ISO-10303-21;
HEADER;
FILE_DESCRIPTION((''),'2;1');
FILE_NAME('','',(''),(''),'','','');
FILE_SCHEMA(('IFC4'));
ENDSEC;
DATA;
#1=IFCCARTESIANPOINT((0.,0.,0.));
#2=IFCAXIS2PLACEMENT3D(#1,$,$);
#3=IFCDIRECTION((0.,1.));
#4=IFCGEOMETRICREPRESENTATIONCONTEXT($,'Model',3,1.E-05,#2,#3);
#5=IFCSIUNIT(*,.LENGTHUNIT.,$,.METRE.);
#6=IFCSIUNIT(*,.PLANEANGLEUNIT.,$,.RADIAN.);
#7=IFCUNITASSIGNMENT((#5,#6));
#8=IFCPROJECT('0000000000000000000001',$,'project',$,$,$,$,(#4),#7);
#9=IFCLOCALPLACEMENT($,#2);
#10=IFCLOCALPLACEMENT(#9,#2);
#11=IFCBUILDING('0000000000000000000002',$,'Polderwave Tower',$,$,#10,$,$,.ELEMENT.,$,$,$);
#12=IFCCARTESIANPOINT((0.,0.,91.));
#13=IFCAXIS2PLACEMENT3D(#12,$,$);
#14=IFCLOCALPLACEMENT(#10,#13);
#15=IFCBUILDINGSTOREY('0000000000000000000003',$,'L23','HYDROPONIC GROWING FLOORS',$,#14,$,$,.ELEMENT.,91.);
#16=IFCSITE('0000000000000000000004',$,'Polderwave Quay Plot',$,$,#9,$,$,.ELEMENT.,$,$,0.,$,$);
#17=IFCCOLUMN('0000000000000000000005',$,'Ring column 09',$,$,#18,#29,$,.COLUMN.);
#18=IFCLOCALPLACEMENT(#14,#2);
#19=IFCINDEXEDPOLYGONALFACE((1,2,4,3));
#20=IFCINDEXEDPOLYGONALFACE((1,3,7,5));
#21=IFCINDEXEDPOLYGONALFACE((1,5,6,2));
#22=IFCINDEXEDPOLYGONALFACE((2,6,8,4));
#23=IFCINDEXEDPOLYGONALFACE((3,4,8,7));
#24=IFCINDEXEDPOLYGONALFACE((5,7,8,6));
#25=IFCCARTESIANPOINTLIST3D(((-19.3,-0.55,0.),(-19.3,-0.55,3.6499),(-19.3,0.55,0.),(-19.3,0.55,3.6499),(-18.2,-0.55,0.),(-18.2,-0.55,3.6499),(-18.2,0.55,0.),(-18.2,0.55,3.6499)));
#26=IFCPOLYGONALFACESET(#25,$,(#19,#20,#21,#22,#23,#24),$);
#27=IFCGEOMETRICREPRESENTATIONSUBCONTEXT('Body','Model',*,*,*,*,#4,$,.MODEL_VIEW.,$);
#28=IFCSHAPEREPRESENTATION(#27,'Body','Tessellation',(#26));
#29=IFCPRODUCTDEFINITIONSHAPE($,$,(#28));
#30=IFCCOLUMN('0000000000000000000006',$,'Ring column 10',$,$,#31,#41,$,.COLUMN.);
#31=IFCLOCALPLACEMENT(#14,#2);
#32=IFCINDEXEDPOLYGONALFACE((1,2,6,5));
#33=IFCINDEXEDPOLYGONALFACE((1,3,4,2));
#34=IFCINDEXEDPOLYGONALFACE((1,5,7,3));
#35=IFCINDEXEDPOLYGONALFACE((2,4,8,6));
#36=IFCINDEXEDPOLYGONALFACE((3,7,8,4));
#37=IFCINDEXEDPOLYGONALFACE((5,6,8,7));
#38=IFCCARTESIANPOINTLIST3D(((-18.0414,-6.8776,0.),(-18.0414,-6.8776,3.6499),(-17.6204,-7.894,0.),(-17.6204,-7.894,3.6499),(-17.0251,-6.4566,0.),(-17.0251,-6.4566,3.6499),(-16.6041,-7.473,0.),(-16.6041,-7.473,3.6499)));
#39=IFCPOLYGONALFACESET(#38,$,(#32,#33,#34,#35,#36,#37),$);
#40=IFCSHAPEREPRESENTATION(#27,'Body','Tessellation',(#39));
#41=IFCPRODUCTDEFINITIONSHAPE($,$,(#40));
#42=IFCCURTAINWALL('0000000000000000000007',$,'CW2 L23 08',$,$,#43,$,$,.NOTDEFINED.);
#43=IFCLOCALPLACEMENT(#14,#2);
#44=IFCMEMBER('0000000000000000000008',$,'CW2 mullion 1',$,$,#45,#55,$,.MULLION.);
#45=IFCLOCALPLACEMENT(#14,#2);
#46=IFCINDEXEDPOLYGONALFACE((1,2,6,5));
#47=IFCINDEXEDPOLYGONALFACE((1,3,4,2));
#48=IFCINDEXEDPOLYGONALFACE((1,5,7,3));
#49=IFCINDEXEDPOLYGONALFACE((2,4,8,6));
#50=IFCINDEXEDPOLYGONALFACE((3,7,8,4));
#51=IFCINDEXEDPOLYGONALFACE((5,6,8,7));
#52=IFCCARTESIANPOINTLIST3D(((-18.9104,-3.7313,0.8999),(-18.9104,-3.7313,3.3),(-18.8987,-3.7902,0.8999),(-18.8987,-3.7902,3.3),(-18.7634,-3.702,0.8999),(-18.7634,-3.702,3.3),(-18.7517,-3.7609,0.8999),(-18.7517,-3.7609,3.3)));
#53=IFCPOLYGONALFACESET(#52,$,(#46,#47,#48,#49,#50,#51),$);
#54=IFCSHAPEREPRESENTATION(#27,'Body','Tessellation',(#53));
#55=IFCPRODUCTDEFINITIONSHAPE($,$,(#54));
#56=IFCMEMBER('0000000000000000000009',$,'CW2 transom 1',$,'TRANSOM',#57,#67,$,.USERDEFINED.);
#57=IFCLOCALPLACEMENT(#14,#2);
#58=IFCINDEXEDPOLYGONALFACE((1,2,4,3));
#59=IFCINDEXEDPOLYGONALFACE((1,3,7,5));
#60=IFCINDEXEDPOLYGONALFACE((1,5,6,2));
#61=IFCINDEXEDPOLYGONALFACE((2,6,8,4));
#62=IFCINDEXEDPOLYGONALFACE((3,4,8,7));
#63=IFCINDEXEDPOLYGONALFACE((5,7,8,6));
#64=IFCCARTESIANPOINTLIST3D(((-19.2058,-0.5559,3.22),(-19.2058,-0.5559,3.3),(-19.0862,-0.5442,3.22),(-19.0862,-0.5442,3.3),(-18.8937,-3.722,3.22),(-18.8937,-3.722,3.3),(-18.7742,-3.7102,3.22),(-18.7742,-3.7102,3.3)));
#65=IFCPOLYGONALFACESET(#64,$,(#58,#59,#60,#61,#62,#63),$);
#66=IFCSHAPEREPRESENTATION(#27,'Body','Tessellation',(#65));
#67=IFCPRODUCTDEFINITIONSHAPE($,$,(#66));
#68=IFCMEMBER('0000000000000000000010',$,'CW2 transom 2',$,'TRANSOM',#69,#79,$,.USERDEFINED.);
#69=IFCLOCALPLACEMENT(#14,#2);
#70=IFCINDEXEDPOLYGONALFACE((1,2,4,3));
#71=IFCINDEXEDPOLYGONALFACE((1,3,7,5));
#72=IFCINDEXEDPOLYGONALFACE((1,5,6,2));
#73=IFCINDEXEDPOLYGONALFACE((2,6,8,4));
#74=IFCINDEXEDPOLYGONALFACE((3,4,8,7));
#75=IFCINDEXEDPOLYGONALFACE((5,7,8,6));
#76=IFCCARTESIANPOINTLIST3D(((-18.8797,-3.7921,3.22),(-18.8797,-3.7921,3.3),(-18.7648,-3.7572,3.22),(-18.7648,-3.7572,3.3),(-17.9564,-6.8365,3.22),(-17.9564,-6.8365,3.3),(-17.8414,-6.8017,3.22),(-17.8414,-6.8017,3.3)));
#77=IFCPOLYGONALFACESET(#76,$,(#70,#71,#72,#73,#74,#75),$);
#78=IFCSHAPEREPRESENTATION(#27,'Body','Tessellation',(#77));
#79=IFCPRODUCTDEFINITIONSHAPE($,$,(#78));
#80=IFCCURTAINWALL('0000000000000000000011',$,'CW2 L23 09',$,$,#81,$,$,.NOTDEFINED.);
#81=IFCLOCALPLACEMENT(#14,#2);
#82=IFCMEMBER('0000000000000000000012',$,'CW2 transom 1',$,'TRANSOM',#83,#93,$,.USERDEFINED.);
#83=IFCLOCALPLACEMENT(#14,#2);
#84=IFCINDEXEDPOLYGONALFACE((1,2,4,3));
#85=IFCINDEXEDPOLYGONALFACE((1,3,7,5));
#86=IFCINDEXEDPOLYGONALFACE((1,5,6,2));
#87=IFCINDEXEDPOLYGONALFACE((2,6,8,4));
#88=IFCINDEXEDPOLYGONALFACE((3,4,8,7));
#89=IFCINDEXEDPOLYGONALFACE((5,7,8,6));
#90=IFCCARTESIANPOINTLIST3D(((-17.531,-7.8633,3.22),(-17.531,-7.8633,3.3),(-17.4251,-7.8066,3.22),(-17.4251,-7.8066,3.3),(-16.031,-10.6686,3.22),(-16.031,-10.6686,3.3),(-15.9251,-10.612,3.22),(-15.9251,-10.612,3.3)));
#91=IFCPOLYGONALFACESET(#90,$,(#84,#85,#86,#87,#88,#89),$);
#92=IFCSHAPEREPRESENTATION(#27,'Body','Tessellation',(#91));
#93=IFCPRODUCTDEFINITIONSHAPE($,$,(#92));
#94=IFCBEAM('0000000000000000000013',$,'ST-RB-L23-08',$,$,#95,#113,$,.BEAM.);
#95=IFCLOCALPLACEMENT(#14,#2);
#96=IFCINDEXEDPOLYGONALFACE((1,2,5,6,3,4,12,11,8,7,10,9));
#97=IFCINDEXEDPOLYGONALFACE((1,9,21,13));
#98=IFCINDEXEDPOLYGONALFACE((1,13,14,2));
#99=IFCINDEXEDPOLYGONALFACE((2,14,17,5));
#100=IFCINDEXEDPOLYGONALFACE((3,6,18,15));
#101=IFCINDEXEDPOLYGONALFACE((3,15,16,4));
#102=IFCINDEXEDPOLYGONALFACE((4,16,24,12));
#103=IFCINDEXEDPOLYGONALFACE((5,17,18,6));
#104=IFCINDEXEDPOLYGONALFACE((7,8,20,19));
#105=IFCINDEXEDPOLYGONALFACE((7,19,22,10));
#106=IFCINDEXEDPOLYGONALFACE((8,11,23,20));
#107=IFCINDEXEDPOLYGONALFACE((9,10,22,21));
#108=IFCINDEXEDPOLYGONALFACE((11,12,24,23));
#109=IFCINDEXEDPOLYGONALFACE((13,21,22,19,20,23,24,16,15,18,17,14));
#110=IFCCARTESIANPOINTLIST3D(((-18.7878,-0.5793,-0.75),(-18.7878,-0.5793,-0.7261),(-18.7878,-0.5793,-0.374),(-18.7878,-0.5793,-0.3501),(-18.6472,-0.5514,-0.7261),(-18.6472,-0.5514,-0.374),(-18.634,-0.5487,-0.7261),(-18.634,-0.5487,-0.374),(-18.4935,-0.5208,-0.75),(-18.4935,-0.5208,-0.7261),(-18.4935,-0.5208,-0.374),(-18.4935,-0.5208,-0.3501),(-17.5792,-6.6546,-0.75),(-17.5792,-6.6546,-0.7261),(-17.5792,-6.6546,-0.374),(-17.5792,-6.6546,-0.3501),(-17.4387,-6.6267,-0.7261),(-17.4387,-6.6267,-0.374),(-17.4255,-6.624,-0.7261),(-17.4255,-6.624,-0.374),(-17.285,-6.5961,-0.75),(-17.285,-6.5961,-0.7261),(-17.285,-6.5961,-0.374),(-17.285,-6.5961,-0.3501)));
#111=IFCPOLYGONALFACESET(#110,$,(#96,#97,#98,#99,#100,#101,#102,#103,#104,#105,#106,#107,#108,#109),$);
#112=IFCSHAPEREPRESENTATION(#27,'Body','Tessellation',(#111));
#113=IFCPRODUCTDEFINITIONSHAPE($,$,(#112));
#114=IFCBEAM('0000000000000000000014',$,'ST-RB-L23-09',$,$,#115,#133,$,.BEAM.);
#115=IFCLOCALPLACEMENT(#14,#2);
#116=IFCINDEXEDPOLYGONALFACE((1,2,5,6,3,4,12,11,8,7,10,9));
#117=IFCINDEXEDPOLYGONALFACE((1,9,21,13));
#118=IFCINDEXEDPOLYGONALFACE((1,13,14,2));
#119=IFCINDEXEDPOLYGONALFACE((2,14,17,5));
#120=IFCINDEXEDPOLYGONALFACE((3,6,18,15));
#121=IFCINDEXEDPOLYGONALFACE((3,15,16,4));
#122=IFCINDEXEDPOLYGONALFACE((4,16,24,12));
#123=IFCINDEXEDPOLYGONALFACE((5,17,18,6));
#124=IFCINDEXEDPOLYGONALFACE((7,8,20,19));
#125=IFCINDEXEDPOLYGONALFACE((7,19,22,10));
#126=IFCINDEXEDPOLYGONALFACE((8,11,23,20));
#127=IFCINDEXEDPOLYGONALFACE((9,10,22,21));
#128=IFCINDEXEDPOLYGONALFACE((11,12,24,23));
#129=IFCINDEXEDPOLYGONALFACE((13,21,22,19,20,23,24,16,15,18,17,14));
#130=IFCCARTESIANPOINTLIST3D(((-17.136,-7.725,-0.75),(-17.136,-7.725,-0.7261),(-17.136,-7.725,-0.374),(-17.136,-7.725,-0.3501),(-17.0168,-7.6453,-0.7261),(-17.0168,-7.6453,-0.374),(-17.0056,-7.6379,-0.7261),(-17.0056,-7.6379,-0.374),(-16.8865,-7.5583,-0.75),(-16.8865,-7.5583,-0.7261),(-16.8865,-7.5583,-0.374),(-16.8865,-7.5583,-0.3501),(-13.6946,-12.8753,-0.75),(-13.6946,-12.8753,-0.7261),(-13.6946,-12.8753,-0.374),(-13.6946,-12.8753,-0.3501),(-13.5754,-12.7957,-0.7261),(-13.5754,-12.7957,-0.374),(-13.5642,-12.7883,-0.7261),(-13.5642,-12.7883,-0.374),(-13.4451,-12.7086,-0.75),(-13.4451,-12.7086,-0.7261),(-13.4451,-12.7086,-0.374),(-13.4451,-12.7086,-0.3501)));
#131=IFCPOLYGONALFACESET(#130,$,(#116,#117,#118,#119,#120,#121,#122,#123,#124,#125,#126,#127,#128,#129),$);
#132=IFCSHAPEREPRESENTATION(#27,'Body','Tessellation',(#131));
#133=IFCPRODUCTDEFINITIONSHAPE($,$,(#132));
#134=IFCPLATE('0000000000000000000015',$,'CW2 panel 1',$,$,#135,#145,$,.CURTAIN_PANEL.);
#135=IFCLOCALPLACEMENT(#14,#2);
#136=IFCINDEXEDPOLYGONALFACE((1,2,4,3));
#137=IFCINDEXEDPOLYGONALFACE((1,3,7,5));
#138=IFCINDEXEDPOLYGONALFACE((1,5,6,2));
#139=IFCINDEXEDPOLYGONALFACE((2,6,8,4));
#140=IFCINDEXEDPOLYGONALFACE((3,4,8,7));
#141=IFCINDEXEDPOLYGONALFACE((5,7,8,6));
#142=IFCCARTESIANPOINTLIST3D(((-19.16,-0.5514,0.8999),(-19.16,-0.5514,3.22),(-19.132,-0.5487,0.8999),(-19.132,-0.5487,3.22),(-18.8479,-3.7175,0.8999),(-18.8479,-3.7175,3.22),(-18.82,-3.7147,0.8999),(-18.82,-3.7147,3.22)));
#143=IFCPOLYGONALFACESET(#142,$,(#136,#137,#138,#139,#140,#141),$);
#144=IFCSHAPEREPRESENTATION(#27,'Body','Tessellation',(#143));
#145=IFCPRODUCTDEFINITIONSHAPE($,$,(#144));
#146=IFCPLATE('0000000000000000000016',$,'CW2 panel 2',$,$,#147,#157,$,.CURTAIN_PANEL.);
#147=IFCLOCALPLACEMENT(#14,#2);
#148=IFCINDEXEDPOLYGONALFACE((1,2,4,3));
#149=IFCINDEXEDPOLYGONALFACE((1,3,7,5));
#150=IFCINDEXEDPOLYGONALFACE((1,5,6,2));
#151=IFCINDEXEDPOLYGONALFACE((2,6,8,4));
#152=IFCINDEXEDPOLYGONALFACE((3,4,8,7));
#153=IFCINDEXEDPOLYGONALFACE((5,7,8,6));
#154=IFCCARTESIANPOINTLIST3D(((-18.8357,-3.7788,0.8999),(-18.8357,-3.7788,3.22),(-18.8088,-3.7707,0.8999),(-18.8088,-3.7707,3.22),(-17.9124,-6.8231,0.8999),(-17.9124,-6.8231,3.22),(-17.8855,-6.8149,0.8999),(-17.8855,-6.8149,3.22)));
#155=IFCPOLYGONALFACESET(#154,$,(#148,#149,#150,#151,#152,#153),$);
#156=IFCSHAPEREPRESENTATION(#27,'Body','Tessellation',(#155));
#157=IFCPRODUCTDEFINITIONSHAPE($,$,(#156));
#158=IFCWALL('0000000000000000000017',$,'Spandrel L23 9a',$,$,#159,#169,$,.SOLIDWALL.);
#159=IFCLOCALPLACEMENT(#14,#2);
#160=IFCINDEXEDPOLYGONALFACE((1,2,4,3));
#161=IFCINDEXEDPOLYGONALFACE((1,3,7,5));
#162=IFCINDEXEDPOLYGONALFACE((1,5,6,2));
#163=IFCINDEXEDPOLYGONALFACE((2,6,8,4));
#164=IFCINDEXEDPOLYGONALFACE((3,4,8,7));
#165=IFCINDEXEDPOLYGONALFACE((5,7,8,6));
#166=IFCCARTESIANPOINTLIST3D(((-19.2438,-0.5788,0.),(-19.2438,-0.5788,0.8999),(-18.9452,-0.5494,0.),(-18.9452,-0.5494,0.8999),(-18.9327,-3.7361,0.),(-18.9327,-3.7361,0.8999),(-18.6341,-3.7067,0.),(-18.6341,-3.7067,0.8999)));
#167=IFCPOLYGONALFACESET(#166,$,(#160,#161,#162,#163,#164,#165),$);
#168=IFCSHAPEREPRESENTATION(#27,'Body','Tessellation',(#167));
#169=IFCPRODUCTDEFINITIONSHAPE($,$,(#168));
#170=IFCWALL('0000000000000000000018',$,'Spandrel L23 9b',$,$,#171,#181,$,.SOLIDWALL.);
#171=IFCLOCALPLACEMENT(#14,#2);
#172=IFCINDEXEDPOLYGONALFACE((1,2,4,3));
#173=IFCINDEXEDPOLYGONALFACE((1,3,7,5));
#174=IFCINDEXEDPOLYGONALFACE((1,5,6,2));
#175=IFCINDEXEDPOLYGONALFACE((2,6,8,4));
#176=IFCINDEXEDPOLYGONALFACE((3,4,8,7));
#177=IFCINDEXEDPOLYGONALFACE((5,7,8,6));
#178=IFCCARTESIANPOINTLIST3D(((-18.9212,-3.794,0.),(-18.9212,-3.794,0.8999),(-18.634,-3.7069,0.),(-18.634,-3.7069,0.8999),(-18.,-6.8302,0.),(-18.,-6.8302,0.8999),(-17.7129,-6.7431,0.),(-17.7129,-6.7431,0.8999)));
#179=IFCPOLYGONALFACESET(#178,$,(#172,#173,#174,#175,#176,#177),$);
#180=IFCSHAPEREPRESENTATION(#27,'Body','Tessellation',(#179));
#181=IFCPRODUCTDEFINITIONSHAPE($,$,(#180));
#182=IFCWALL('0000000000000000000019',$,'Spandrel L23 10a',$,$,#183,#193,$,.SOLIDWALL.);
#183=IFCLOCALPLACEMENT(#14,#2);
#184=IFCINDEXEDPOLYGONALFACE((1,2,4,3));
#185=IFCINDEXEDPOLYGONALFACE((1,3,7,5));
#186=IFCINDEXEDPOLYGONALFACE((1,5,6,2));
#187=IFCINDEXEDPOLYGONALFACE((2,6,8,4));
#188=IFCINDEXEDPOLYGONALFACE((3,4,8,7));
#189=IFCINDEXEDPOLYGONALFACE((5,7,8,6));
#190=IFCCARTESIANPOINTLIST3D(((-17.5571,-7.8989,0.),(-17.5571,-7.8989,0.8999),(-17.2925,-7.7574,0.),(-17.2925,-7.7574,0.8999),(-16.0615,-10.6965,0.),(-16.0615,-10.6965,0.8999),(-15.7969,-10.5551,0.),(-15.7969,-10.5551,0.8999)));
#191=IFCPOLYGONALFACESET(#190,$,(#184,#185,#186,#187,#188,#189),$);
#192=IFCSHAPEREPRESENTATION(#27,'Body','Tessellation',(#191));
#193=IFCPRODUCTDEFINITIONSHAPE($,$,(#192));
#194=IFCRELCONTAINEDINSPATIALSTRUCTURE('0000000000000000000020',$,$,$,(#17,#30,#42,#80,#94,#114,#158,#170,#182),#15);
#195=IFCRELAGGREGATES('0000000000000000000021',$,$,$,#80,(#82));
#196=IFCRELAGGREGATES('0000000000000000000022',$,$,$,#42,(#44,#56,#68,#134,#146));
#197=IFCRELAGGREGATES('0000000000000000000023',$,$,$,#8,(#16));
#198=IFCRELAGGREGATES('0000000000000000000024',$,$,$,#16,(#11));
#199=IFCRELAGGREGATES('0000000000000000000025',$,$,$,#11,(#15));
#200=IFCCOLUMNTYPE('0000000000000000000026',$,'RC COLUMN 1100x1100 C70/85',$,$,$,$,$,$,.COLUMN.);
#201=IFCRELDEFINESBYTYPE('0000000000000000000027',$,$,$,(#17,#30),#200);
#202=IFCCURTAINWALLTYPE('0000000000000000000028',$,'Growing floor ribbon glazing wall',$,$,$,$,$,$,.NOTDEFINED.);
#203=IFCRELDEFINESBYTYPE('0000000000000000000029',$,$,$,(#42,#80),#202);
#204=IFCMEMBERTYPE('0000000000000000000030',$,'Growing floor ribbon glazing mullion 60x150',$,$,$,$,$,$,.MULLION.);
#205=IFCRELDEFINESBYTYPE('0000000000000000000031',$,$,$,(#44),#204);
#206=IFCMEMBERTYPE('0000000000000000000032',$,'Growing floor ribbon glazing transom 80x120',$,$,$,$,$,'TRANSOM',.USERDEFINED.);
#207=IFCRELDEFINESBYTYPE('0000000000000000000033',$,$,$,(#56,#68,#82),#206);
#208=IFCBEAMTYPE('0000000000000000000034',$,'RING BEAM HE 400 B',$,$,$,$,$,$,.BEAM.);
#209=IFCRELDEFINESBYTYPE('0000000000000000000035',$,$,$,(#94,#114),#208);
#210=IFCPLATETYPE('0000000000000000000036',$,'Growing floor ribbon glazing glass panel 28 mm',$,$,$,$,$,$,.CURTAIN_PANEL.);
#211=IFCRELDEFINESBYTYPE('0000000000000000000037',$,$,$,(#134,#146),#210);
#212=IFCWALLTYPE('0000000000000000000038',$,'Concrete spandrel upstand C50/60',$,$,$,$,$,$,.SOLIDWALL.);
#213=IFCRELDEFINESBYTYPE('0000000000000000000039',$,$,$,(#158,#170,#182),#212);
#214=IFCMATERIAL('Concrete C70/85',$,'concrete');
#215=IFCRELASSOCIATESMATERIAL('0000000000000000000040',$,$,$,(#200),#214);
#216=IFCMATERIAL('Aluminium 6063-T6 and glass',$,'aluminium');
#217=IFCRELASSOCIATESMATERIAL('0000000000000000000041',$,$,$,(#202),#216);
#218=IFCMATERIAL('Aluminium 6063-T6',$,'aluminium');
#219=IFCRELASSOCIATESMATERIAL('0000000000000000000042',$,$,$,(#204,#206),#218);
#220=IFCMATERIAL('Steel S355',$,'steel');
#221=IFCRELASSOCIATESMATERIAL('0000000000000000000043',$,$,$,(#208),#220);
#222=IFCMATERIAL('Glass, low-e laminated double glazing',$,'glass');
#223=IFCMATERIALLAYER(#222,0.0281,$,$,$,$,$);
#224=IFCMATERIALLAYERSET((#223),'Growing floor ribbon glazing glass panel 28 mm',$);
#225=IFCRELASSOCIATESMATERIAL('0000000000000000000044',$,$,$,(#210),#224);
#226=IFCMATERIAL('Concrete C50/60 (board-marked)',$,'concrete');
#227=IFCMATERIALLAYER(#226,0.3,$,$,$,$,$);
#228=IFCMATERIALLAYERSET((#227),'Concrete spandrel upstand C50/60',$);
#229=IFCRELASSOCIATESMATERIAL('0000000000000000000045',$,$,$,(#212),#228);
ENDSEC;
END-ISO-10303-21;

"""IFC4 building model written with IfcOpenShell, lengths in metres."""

from ifc_helpers import new_model, si_unit, direction, frame, frame_2d, origin, origin_2d, place, context, subcontext, project, spatial, rectangle, i_section, extrude, material, layer, layer_set, material_profile, profile_set, type_object, element, aggregate, save


model = new_model("IFC4")

# Units and contexts
model_context = context("Model", 3, precision=1e-05, world=origin(), true_north=direction((0.0, 1.0)))
body_context = subcontext(model_context, "Body", "Model", "MODEL_VIEW")
ifc_project = project(units=[si_unit("LENGTHUNIT", "METRE"), si_unit("PLANEANGLEUNIT", "RADIAN")], contexts=[model_context])

# Site, building, storey
site_placement = place(None, origin())
site = spatial("IfcSite", under=ifc_project, at=site_placement, Name="Polderwave Quay Plot", CompositionType="ELEMENT", RefElevation=0.0)
building_placement = place(site_placement, origin())
building = spatial("IfcBuilding", under=site, at=building_placement, Name="Polderwave Tower", CompositionType="ELEMENT")
storey_placement = place(building_placement, frame((0.0, 0.0, 91.0)))
storey = spatial("IfcBuildingStorey", under=building, at=storey_placement, Name="L23", Description="HYDROPONIC GROWING FLOORS", CompositionType="ELEMENT", Elevation=91.0)

# Columns
ifc_material_1 = material(Name="Concrete C70/85", Category="concrete")
ifc_material_profile_1 = material_profile(ifc_material_1, rectangle(XDim=1.1001, YDim=1.1001, at=origin_2d()), Name="RC 1100x1100")
ifc_profile_set_1 = profile_set([ifc_material_profile_1], Name="Concrete C70/85")
column_type = type_object("IfcColumnType", Name="RC COLUMN 1100x1100 C70/85", PredefinedType="COLUMN", material=ifc_profile_set_1)
for number, where, z_axis, x_axis, name in (
    (1, (-18.75, 0.0, 0.0), (0.0, 0.0, 1.0), (-1.0, 0.0, 0.0), "Ring column 09"),
    (2, (-17.3228, -7.1753, 0.0), (0.0, 0.0, 1.0), (-0.92388, -0.382683, 0.0), "Ring column 10"),
):
    element("IfcColumn", number, at=place(storey_placement, frame(where, z_axis=z_axis, x_axis=x_axis)), inside=storey, type_object=column_type, Name=name, PredefinedType="COLUMN", context=body_context, shape_type="SweptSolid", body=[
        extrude(rectangle(XDim=1.1001, YDim=1.1001, at=origin_2d()), origin(), (0.0, 0.0, 1.0), 3.6499),
    ])

# Curtain wall, members
ifc_material_2 = material(Name="Aluminium 6063-T6 and glass", Category="aluminium")
curtain_wall_type = type_object("IfcCurtainWallType", Name="Growing floor ribbon glazing wall", PredefinedType="NOTDEFINED", material=ifc_material_2)
curtain_wall_1_placement = place(storey_placement, origin())
curtain_wall_1 = element("IfcCurtainWall", 3, at=curtain_wall_1_placement, inside=storey, type_object=curtain_wall_type, Name="CW2 L23 08", PredefinedType="NOTDEFINED")
ifc_material_3 = material(Name="Aluminium 6063-T6", Category="aluminium")
ifc_material_profile_2 = material_profile(ifc_material_3, rectangle(XDim=0.1499, YDim=0.0601, at=origin_2d()), Name="AL 60x150")
ifc_profile_set_2 = profile_set([ifc_material_profile_2], Name="Aluminium 6063-T6")
member_type_1 = type_object("IfcMemberType", Name="Growing floor ribbon glazing mullion 60x150", PredefinedType="MULLION", material=ifc_profile_set_2)
member_1_placement = place(storey_placement, frame((-18.8311, -3.7461, 0.8999), z_axis=(0.0, 0.0, 1.0), x_axis=(0.980784, 0.195097, 0.0)))
member_1 = element("IfcMember", 4, at=member_1_placement, type_object=member_type_1, Name="CW2 mullion 1", PredefinedType="MULLION", context=body_context, shape_type="SweptSolid", body=[
    extrude(rectangle(XDim=0.1499, YDim=0.0601, at=origin_2d()), origin(), (0.0, 0.0, 1.0), 2.4001),
])
ifc_material_profile_3 = material_profile(ifc_material_3, rectangle(XDim=0.1201, YDim=0.0801, at=origin_2d()), Name="AL 80x120")
ifc_profile_set_3 = profile_set([ifc_material_profile_3], Name="Aluminium 6063-T6")
member_type_2 = type_object("IfcMemberType", Name="Growing floor ribbon glazing transom 80x120", ElementType="TRANSOM", PredefinedType="USERDEFINED", material=ifc_profile_set_3)
member_2_placement = place(storey_placement, frame((-19.146, -0.55, 3.26), z_axis=(0.098075, -0.995179, 0.0), x_axis=(0.995179, 0.098075, 0.0)))
member_2 = element("IfcMember", 5, at=member_2_placement, type_object=member_type_2, Name="CW2 transom 1", ObjectType="TRANSOM", PredefinedType="USERDEFINED", context=body_context, shape_type="SweptSolid", body=[
    extrude(rectangle(XDim=0.1201, YDim=0.0801, at=origin_2d()), origin(), (0.0, 0.0, 1.0), 3.1814),
])
member_3_placement = place(storey_placement, frame((-18.8223, -3.7747, 3.26), z_axis=(0.290233, -0.956956, 0.0), x_axis=(0.956956, 0.290233, 0.0)))
member_3 = element("IfcMember", 6, at=member_3_placement, type_object=member_type_2, Name="CW2 transom 2", ObjectType="TRANSOM", PredefinedType="USERDEFINED", context=body_context, shape_type="SweptSolid", body=[
    extrude(rectangle(XDim=0.1201, YDim=0.0801, at=origin_2d()), origin(), (0.0, 0.0, 1.0), 3.1814),
])

# Curtain wall, member
curtain_wall_2_placement = place(storey_placement, origin())
curtain_wall_2 = element("IfcCurtainWall", 7, at=curtain_wall_2_placement, inside=storey, type_object=curtain_wall_type, Name="CW2 L23 09", PredefinedType="NOTDEFINED")
member_4_placement = place(storey_placement, frame((-17.478, -7.835, 3.26), z_axis=(0.471512, -0.88186, 0.0), x_axis=(0.88186, 0.471512, 0.0)))
member_4 = element("IfcMember", 8, at=member_4_placement, type_object=member_type_2, Name="CW2 transom 1", ObjectType="TRANSOM", PredefinedType="USERDEFINED", context=body_context, shape_type="SweptSolid", body=[
    extrude(rectangle(XDim=0.1201, YDim=0.0801, at=origin_2d()), origin(), (0.0, 0.0, 1.0), 3.1812),
])
aggregate(curtain_wall_2, [member_4])

# Beams
ifc_material_4 = material(Name="Steel S355", Category="steel")
ifc_material_profile_4 = material_profile(ifc_material_4, i_section(OverallWidth=0.3, OverallDepth=0.3999, WebThickness=0.0134, FlangeThickness=0.0239, at=origin_2d()), Name="HE 400 B")
ifc_profile_set_4 = profile_set([ifc_material_profile_4], Name="Steel S355")
beam_type = type_object("IfcBeamType", Name="RING BEAM HE 400 B", PredefinedType="BEAM", material=ifc_profile_set_4)
for number, where, z_axis, x_axis, name in (
    (9, (-18.6406, -0.55, -0.55), (0.1951, -0.980783, 0.0), (0.980783, 0.1951, 0.0), "ST-RB-L23-08"),
    (10, (-17.0112, -7.6416, -0.55), (0.555573, -0.831468, 0.0), (0.831468, 0.555573, 0.0), "ST-RB-L23-09"),
):
    element("IfcBeam", number, at=place(storey_placement, frame(where, z_axis=z_axis, x_axis=x_axis)), inside=storey, type_object=beam_type, Name=name, PredefinedType="BEAM", context=body_context, shape_type="SweptSolid", body=[
        extrude(i_section(OverallWidth=0.3, OverallDepth=0.3999, WebThickness=0.0134, FlangeThickness=0.0239, at=origin_2d()), origin(), (0.0, 0.0, 1.0), 6.1943),
    ])

# Plates
ifc_material_5 = material(Name="Glass, low-e laminated double glazing", Category="glass")
ifc_layer_1 = layer(ifc_material_5, 0.0281)
ifc_layer_set_1 = layer_set([ifc_layer_1], Name="Growing floor ribbon glazing glass panel 28 mm")
plate_type = type_object("IfcPlateType", Name="Growing floor ribbon glazing glass panel 28 mm", PredefinedType="CURTAIN_PANEL", material=ifc_layer_set_1)
plate_1_placement = place(storey_placement, frame((-18.99, -2.1331, 0.8999), z_axis=(0.0, 0.0, 1.0), x_axis=(0.098085, -0.995178, 0.0)))
plate_1 = element("IfcPlate", 11, at=plate_1_placement, type_object=plate_type, Name="CW2 panel 1", PredefinedType="CURTAIN_PANEL", context=body_context, shape_type="SweptSolid", body=[
    extrude(rectangle(XDim=3.1814, YDim=0.0281, at=origin_2d()), origin(), (0.0, 0.0, 1.0), 2.3201),
])
plate_2_placement = place(storey_placement, frame((-18.3606, -5.2969, 0.8999), z_axis=(0.0, 0.0, 1.0), x_axis=(0.290233, -0.956956, 0.0)))
plate_2 = element("IfcPlate", 12, at=plate_2_placement, type_object=plate_type, Name="CW2 panel 2", PredefinedType="CURTAIN_PANEL", context=body_context, shape_type="SweptSolid", body=[
    extrude(rectangle(XDim=3.1812, YDim=0.0281, at=origin_2d()), origin(), (0.0, 0.0, 1.0), 2.3201),
])
aggregate(curtain_wall_1, [member_1, member_2, member_3, plate_1, plate_2])

# Walls
ifc_material_6 = material(Name="Concrete C50/60 (board-marked)", Category="concrete")
ifc_layer_2 = layer(ifc_material_6, 0.3)
ifc_layer_set_2 = layer_set([ifc_layer_2], Name="Concrete spandrel upstand C50/60")
wall_type_1 = type_object("IfcWallType", Name="Concrete spandrel upstand C50/60", PredefinedType="SOLIDWALL", material=ifc_layer_set_2)
wall_1_placement = place(storey_placement, frame((-19.0945, -0.564, 0.0), z_axis=(0.0, 0.0, 1.0), x_axis=(0.098041, -0.995182, 0.0)))
element("IfcWall", 13, at=wall_1_placement, inside=storey, type_object=wall_type_1, Name="Spandrel L23 9a", PredefinedType="SOLIDWALL", context=body_context, shape_type="SweptSolid", body=[
    extrude(rectangle(XDim=3.1726, YDim=0.3, at=frame_2d((1.5864, 0.0))), origin(), (0.0, 0.0, 1.0), 0.8999),
])
wall_2_placement = place(storey_placement, frame((-18.7776, -3.7505, 0.0), z_axis=(0.0, 0.0, 1.0), x_axis=(0.290326, -0.956928, 0.0)))
element("IfcWall", 14, at=wall_2_placement, inside=storey, type_object=wall_type_1, Name="Spandrel L23 9b", PredefinedType="SOLIDWALL", context=body_context, shape_type="SweptSolid", body=[
    extrude(rectangle(XDim=3.1729, YDim=0.3, at=frame_2d((1.5864, 0.0))), origin(), (0.0, 0.0, 1.0), 0.8999),
])
wall_3_placement = place(storey_placement, frame((-17.4248, -7.8281, 0.0), z_axis=(0.0, 0.0, 1.0), x_axis=(0.471459, -0.881888, 0.0)))
element("IfcWall", 15, at=wall_3_placement, inside=storey, type_object=wall_type_1, Name="Spandrel L23 10a", PredefinedType="SOLIDWALL", context=body_context, shape_type="SweptSolid", body=[
    extrude(rectangle(XDim=3.1724, YDim=0.3, at=frame_2d((1.5862, 0.0))), origin(), (0.0, 0.0, 1.0), 0.8999),
])

save(model, "model.ifc")
